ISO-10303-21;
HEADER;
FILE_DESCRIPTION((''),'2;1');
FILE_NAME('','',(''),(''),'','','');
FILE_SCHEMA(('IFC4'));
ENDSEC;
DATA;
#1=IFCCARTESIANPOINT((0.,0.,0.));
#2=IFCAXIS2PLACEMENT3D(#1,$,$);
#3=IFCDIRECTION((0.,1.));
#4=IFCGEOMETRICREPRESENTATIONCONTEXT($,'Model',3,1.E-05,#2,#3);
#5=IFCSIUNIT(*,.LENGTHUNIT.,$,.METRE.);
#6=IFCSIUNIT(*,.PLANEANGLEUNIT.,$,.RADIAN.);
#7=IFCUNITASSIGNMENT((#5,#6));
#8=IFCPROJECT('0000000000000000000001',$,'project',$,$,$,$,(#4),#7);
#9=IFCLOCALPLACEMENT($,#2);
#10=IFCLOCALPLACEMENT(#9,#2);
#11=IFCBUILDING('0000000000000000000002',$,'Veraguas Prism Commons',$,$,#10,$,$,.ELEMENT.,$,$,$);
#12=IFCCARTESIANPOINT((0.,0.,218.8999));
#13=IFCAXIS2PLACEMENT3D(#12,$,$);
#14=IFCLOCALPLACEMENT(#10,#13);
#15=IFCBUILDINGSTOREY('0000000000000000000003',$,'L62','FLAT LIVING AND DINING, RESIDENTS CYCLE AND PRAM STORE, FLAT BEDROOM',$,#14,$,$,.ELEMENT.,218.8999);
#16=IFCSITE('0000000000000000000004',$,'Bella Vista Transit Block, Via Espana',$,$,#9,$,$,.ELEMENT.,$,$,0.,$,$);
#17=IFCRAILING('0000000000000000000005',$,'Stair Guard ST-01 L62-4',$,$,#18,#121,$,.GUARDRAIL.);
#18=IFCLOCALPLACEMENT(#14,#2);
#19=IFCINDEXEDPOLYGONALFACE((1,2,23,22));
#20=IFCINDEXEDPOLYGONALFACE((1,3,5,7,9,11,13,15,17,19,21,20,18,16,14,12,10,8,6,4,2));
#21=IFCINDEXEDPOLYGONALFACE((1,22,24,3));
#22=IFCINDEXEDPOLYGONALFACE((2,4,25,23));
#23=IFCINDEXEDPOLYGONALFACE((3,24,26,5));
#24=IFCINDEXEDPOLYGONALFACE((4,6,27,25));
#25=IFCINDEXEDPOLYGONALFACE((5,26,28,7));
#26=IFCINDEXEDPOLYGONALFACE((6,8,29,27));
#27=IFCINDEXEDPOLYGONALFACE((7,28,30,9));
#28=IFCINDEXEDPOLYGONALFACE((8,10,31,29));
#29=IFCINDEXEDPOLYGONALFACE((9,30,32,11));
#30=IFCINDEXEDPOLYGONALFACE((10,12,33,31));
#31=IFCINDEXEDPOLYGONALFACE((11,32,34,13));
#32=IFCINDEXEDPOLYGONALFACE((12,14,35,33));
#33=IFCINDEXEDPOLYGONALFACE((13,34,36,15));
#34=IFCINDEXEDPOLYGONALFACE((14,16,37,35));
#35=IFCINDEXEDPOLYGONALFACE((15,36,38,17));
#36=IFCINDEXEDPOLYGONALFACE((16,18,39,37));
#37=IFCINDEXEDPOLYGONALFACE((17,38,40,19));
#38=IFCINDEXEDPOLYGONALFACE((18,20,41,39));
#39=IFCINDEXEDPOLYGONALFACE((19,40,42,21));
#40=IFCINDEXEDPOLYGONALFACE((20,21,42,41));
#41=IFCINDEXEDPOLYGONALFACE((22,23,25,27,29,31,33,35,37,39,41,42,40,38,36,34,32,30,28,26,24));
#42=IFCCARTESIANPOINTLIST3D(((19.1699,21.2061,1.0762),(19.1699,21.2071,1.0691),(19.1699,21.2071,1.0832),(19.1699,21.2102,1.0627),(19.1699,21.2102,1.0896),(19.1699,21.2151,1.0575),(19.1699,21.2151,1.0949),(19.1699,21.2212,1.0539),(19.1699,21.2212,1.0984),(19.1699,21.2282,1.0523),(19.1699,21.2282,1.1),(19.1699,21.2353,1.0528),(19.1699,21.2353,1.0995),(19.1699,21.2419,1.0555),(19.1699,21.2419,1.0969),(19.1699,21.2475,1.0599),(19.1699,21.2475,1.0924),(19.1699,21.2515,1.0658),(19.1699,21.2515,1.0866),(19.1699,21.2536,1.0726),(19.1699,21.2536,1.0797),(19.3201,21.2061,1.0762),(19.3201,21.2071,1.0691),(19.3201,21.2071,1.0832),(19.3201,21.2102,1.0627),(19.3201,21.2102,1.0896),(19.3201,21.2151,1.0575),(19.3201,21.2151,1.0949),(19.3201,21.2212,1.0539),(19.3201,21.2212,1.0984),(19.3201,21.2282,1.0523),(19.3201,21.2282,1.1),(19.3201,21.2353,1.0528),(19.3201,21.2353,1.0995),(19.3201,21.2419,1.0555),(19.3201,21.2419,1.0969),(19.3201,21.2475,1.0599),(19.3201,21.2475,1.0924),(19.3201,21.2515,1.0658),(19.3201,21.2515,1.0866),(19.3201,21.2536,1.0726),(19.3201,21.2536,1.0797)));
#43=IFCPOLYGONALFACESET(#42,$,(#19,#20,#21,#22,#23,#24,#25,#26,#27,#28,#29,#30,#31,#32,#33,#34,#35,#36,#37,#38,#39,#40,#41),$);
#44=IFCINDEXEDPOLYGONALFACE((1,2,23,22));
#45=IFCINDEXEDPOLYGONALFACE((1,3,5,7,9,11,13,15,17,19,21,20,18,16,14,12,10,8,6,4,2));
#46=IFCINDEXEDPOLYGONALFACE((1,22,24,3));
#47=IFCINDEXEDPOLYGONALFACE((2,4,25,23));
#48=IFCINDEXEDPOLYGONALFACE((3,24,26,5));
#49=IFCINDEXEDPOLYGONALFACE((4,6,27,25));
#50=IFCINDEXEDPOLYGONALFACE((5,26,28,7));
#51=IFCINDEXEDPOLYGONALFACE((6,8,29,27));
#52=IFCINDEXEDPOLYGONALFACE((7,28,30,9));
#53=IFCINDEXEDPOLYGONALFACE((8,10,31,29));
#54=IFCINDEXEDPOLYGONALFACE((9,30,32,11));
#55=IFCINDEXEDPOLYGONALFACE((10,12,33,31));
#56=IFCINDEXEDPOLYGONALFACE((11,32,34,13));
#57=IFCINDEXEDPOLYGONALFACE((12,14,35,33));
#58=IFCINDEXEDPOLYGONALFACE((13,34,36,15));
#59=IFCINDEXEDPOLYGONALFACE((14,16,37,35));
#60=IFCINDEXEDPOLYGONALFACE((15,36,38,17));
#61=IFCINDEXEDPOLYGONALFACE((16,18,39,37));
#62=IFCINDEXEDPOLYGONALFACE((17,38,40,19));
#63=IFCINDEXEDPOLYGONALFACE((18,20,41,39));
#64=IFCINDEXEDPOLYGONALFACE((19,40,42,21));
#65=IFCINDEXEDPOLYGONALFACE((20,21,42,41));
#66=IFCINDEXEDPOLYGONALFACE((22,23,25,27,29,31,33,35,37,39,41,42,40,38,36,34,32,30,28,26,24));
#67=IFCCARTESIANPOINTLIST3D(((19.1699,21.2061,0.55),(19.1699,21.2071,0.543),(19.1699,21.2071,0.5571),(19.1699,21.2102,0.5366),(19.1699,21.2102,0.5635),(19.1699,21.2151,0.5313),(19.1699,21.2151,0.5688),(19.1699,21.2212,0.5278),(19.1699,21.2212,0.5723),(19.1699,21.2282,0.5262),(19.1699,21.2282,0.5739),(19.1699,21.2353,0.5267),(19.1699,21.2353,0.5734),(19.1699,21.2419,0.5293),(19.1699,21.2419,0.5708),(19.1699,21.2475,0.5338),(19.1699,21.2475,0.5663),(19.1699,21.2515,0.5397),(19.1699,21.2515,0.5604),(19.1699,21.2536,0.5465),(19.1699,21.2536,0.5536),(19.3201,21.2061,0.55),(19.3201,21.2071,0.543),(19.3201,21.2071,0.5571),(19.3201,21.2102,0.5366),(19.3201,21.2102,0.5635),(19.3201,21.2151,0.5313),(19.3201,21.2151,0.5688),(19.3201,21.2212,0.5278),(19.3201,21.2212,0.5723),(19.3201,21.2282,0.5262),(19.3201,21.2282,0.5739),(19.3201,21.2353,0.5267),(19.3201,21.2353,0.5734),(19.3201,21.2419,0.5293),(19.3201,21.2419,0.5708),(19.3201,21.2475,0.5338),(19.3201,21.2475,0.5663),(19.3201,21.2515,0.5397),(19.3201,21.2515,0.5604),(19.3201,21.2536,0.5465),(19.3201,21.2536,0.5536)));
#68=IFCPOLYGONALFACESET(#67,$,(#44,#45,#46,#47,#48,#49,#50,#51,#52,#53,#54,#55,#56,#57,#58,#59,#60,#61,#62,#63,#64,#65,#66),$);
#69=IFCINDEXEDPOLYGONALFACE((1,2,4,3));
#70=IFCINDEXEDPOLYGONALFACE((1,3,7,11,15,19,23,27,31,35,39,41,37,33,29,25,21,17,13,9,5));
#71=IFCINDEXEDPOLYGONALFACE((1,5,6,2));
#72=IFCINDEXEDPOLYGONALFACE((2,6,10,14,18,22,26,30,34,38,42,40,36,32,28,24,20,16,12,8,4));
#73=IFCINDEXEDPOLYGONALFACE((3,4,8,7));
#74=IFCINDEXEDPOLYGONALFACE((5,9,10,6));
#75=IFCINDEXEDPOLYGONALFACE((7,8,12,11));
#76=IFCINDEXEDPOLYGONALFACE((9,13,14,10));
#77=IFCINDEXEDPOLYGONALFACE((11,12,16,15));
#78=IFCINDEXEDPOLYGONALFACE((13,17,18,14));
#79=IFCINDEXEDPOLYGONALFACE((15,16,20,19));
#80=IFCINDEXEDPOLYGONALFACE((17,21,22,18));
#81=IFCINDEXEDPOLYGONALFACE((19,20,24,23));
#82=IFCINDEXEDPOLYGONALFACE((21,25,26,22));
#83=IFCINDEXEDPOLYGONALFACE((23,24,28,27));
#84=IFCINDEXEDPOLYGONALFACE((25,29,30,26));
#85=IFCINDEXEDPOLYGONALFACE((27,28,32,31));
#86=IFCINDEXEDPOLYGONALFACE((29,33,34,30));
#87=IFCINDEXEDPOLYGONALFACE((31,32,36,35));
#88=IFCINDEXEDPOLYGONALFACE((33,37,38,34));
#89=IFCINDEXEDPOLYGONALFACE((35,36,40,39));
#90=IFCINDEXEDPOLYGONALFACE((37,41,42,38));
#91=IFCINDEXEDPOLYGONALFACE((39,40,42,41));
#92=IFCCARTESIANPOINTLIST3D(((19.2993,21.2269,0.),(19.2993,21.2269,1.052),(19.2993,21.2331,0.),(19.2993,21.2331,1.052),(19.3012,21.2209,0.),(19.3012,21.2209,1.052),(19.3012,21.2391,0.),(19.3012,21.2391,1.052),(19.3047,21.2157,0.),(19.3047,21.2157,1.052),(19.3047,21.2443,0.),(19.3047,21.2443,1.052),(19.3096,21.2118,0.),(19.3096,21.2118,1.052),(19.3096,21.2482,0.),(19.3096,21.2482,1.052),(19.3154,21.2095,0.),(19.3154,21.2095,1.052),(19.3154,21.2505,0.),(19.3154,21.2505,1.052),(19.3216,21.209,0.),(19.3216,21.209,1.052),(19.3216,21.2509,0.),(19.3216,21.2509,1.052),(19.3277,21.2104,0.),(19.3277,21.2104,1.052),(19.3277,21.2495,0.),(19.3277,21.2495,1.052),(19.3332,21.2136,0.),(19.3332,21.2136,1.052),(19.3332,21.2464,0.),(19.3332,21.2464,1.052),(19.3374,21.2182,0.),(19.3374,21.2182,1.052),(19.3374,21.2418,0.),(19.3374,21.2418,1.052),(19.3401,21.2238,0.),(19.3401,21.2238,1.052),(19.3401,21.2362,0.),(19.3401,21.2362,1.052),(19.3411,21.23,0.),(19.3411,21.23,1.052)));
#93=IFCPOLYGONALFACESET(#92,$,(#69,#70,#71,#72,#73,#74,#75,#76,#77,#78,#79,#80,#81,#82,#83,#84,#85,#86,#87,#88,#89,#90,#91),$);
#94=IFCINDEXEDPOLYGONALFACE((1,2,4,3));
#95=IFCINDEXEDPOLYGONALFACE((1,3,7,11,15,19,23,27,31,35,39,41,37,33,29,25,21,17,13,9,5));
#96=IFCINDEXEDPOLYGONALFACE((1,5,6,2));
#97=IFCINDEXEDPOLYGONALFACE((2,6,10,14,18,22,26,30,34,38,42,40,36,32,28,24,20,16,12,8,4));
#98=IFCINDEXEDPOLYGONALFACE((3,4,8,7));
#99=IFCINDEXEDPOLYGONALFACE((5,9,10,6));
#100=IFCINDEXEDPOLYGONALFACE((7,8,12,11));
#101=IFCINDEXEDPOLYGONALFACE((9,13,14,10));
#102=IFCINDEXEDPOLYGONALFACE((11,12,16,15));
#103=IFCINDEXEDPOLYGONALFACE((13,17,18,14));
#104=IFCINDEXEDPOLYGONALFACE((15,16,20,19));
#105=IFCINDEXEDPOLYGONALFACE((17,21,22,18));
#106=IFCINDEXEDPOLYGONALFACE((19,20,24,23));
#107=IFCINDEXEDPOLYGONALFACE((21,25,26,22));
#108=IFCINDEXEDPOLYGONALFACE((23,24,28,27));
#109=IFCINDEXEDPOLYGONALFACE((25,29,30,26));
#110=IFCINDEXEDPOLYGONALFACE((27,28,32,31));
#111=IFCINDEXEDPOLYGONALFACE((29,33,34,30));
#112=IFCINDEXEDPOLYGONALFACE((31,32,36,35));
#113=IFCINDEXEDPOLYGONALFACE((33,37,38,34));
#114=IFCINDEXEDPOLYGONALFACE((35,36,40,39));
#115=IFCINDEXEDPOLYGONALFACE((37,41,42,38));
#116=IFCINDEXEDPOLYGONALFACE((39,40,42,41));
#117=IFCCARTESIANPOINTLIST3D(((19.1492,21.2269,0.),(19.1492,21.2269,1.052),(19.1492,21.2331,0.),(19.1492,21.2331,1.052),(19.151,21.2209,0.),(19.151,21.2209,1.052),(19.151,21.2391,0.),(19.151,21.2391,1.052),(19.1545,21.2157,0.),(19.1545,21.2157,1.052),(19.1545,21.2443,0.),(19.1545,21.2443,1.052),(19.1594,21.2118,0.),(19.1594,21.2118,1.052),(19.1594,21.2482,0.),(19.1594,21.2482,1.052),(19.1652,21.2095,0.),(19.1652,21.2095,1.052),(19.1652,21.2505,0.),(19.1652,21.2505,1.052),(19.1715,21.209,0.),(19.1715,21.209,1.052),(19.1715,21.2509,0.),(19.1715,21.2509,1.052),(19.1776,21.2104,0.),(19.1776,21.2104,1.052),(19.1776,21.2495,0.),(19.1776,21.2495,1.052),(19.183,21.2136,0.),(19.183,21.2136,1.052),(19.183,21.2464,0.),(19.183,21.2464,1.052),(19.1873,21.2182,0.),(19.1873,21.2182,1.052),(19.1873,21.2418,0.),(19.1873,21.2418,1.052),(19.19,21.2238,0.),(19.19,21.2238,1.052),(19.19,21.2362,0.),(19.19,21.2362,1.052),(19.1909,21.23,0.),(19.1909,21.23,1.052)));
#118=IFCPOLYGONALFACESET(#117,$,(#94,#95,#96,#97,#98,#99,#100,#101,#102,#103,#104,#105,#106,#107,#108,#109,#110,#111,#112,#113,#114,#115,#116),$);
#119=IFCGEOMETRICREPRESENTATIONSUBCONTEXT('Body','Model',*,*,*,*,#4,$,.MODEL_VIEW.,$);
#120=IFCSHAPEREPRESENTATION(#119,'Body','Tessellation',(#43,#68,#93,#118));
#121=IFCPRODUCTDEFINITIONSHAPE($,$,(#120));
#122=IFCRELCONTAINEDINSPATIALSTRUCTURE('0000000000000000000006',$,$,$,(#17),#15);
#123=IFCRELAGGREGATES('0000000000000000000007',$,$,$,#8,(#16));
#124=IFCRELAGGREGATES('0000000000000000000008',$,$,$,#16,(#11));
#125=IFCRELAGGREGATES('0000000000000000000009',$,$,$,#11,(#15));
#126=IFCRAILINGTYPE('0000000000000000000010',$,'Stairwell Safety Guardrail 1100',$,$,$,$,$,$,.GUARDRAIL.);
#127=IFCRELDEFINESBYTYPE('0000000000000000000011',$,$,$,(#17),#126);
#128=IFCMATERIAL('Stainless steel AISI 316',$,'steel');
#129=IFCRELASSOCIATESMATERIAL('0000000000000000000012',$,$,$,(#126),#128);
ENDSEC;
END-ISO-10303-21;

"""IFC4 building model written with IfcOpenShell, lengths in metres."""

from ifc_helpers import new_model, si_unit, direction, frame, origin, origin_2d, place, context, subcontext, project, spatial, circle, extrude, material, type_object, element, save


model = new_model("IFC4")

# Units and contexts
model_context = context("Model", 3, precision=1e-05, world=origin(), true_north=direction((0.0, 1.0)))
body_context = subcontext(model_context, "Body", "Model", "MODEL_VIEW")
ifc_project = project(units=[si_unit("LENGTHUNIT", "METRE"), si_unit("PLANEANGLEUNIT", "RADIAN")], contexts=[model_context])

# Site, building, storey
site_placement = place(None, origin())
site = spatial("IfcSite", under=ifc_project, at=site_placement, Name="Bella Vista Transit Block, Via Espana", CompositionType="ELEMENT", RefElevation=0.0)
building_placement = place(site_placement, origin())
building = spatial("IfcBuilding", under=site, at=building_placement, Name="Veraguas Prism Commons", CompositionType="ELEMENT")
storey_placement = place(building_placement, frame((0.0, 0.0, 218.8999)))
storey = spatial("IfcBuildingStorey", under=building, at=storey_placement, Name="L62", Description="FLAT LIVING AND DINING, RESIDENTS CYCLE AND PRAM STORE, FLAT BEDROOM", CompositionType="ELEMENT", Elevation=218.8999)

# Railing
ifc_material_1 = material(Name="Stainless steel AISI 316", Category="steel")
railing_type_1 = type_object("IfcRailingType", Name="Stairwell Safety Guardrail 1100", PredefinedType="GUARDRAIL", material=ifc_material_1)
railing_1_placement = place(storey_placement, frame((19.3201, 21.23, 0.0)))
element("IfcRailing", 1, at=railing_1_placement, inside=storey, type_object=railing_type_1, Name="Stair Guard ST-01 L62-4", PredefinedType="GUARDRAIL", context=body_context, shape_type="SweptSolid", body=[
    extrude(circle(Radius=0.0239, at=origin_2d()), frame((0.0, 0.0, 1.0762), z_axis=(-1.0, 0.0, 0.0), x_axis=(0.0, -1.0, 0.0)), (0.0, 0.0, 1.0), 0.1501),
    extrude(circle(Radius=0.0239, at=origin_2d()), frame((0.0, 0.0, 0.55), z_axis=(-1.0, 0.0, 0.0), x_axis=(0.0, -1.0, 0.0)), (0.0, 0.0, 1.0), 0.1501),
    extrude(circle(Radius=0.021, at=origin_2d()), origin(), (0.0, 0.0, 1.0), 1.052),
    extrude(circle(Radius=0.021, at=origin_2d()), frame((-0.1501, 0.0, 0.0)), (0.0, 0.0, 1.0), 1.052),
])

save(model, "model.ifc")
